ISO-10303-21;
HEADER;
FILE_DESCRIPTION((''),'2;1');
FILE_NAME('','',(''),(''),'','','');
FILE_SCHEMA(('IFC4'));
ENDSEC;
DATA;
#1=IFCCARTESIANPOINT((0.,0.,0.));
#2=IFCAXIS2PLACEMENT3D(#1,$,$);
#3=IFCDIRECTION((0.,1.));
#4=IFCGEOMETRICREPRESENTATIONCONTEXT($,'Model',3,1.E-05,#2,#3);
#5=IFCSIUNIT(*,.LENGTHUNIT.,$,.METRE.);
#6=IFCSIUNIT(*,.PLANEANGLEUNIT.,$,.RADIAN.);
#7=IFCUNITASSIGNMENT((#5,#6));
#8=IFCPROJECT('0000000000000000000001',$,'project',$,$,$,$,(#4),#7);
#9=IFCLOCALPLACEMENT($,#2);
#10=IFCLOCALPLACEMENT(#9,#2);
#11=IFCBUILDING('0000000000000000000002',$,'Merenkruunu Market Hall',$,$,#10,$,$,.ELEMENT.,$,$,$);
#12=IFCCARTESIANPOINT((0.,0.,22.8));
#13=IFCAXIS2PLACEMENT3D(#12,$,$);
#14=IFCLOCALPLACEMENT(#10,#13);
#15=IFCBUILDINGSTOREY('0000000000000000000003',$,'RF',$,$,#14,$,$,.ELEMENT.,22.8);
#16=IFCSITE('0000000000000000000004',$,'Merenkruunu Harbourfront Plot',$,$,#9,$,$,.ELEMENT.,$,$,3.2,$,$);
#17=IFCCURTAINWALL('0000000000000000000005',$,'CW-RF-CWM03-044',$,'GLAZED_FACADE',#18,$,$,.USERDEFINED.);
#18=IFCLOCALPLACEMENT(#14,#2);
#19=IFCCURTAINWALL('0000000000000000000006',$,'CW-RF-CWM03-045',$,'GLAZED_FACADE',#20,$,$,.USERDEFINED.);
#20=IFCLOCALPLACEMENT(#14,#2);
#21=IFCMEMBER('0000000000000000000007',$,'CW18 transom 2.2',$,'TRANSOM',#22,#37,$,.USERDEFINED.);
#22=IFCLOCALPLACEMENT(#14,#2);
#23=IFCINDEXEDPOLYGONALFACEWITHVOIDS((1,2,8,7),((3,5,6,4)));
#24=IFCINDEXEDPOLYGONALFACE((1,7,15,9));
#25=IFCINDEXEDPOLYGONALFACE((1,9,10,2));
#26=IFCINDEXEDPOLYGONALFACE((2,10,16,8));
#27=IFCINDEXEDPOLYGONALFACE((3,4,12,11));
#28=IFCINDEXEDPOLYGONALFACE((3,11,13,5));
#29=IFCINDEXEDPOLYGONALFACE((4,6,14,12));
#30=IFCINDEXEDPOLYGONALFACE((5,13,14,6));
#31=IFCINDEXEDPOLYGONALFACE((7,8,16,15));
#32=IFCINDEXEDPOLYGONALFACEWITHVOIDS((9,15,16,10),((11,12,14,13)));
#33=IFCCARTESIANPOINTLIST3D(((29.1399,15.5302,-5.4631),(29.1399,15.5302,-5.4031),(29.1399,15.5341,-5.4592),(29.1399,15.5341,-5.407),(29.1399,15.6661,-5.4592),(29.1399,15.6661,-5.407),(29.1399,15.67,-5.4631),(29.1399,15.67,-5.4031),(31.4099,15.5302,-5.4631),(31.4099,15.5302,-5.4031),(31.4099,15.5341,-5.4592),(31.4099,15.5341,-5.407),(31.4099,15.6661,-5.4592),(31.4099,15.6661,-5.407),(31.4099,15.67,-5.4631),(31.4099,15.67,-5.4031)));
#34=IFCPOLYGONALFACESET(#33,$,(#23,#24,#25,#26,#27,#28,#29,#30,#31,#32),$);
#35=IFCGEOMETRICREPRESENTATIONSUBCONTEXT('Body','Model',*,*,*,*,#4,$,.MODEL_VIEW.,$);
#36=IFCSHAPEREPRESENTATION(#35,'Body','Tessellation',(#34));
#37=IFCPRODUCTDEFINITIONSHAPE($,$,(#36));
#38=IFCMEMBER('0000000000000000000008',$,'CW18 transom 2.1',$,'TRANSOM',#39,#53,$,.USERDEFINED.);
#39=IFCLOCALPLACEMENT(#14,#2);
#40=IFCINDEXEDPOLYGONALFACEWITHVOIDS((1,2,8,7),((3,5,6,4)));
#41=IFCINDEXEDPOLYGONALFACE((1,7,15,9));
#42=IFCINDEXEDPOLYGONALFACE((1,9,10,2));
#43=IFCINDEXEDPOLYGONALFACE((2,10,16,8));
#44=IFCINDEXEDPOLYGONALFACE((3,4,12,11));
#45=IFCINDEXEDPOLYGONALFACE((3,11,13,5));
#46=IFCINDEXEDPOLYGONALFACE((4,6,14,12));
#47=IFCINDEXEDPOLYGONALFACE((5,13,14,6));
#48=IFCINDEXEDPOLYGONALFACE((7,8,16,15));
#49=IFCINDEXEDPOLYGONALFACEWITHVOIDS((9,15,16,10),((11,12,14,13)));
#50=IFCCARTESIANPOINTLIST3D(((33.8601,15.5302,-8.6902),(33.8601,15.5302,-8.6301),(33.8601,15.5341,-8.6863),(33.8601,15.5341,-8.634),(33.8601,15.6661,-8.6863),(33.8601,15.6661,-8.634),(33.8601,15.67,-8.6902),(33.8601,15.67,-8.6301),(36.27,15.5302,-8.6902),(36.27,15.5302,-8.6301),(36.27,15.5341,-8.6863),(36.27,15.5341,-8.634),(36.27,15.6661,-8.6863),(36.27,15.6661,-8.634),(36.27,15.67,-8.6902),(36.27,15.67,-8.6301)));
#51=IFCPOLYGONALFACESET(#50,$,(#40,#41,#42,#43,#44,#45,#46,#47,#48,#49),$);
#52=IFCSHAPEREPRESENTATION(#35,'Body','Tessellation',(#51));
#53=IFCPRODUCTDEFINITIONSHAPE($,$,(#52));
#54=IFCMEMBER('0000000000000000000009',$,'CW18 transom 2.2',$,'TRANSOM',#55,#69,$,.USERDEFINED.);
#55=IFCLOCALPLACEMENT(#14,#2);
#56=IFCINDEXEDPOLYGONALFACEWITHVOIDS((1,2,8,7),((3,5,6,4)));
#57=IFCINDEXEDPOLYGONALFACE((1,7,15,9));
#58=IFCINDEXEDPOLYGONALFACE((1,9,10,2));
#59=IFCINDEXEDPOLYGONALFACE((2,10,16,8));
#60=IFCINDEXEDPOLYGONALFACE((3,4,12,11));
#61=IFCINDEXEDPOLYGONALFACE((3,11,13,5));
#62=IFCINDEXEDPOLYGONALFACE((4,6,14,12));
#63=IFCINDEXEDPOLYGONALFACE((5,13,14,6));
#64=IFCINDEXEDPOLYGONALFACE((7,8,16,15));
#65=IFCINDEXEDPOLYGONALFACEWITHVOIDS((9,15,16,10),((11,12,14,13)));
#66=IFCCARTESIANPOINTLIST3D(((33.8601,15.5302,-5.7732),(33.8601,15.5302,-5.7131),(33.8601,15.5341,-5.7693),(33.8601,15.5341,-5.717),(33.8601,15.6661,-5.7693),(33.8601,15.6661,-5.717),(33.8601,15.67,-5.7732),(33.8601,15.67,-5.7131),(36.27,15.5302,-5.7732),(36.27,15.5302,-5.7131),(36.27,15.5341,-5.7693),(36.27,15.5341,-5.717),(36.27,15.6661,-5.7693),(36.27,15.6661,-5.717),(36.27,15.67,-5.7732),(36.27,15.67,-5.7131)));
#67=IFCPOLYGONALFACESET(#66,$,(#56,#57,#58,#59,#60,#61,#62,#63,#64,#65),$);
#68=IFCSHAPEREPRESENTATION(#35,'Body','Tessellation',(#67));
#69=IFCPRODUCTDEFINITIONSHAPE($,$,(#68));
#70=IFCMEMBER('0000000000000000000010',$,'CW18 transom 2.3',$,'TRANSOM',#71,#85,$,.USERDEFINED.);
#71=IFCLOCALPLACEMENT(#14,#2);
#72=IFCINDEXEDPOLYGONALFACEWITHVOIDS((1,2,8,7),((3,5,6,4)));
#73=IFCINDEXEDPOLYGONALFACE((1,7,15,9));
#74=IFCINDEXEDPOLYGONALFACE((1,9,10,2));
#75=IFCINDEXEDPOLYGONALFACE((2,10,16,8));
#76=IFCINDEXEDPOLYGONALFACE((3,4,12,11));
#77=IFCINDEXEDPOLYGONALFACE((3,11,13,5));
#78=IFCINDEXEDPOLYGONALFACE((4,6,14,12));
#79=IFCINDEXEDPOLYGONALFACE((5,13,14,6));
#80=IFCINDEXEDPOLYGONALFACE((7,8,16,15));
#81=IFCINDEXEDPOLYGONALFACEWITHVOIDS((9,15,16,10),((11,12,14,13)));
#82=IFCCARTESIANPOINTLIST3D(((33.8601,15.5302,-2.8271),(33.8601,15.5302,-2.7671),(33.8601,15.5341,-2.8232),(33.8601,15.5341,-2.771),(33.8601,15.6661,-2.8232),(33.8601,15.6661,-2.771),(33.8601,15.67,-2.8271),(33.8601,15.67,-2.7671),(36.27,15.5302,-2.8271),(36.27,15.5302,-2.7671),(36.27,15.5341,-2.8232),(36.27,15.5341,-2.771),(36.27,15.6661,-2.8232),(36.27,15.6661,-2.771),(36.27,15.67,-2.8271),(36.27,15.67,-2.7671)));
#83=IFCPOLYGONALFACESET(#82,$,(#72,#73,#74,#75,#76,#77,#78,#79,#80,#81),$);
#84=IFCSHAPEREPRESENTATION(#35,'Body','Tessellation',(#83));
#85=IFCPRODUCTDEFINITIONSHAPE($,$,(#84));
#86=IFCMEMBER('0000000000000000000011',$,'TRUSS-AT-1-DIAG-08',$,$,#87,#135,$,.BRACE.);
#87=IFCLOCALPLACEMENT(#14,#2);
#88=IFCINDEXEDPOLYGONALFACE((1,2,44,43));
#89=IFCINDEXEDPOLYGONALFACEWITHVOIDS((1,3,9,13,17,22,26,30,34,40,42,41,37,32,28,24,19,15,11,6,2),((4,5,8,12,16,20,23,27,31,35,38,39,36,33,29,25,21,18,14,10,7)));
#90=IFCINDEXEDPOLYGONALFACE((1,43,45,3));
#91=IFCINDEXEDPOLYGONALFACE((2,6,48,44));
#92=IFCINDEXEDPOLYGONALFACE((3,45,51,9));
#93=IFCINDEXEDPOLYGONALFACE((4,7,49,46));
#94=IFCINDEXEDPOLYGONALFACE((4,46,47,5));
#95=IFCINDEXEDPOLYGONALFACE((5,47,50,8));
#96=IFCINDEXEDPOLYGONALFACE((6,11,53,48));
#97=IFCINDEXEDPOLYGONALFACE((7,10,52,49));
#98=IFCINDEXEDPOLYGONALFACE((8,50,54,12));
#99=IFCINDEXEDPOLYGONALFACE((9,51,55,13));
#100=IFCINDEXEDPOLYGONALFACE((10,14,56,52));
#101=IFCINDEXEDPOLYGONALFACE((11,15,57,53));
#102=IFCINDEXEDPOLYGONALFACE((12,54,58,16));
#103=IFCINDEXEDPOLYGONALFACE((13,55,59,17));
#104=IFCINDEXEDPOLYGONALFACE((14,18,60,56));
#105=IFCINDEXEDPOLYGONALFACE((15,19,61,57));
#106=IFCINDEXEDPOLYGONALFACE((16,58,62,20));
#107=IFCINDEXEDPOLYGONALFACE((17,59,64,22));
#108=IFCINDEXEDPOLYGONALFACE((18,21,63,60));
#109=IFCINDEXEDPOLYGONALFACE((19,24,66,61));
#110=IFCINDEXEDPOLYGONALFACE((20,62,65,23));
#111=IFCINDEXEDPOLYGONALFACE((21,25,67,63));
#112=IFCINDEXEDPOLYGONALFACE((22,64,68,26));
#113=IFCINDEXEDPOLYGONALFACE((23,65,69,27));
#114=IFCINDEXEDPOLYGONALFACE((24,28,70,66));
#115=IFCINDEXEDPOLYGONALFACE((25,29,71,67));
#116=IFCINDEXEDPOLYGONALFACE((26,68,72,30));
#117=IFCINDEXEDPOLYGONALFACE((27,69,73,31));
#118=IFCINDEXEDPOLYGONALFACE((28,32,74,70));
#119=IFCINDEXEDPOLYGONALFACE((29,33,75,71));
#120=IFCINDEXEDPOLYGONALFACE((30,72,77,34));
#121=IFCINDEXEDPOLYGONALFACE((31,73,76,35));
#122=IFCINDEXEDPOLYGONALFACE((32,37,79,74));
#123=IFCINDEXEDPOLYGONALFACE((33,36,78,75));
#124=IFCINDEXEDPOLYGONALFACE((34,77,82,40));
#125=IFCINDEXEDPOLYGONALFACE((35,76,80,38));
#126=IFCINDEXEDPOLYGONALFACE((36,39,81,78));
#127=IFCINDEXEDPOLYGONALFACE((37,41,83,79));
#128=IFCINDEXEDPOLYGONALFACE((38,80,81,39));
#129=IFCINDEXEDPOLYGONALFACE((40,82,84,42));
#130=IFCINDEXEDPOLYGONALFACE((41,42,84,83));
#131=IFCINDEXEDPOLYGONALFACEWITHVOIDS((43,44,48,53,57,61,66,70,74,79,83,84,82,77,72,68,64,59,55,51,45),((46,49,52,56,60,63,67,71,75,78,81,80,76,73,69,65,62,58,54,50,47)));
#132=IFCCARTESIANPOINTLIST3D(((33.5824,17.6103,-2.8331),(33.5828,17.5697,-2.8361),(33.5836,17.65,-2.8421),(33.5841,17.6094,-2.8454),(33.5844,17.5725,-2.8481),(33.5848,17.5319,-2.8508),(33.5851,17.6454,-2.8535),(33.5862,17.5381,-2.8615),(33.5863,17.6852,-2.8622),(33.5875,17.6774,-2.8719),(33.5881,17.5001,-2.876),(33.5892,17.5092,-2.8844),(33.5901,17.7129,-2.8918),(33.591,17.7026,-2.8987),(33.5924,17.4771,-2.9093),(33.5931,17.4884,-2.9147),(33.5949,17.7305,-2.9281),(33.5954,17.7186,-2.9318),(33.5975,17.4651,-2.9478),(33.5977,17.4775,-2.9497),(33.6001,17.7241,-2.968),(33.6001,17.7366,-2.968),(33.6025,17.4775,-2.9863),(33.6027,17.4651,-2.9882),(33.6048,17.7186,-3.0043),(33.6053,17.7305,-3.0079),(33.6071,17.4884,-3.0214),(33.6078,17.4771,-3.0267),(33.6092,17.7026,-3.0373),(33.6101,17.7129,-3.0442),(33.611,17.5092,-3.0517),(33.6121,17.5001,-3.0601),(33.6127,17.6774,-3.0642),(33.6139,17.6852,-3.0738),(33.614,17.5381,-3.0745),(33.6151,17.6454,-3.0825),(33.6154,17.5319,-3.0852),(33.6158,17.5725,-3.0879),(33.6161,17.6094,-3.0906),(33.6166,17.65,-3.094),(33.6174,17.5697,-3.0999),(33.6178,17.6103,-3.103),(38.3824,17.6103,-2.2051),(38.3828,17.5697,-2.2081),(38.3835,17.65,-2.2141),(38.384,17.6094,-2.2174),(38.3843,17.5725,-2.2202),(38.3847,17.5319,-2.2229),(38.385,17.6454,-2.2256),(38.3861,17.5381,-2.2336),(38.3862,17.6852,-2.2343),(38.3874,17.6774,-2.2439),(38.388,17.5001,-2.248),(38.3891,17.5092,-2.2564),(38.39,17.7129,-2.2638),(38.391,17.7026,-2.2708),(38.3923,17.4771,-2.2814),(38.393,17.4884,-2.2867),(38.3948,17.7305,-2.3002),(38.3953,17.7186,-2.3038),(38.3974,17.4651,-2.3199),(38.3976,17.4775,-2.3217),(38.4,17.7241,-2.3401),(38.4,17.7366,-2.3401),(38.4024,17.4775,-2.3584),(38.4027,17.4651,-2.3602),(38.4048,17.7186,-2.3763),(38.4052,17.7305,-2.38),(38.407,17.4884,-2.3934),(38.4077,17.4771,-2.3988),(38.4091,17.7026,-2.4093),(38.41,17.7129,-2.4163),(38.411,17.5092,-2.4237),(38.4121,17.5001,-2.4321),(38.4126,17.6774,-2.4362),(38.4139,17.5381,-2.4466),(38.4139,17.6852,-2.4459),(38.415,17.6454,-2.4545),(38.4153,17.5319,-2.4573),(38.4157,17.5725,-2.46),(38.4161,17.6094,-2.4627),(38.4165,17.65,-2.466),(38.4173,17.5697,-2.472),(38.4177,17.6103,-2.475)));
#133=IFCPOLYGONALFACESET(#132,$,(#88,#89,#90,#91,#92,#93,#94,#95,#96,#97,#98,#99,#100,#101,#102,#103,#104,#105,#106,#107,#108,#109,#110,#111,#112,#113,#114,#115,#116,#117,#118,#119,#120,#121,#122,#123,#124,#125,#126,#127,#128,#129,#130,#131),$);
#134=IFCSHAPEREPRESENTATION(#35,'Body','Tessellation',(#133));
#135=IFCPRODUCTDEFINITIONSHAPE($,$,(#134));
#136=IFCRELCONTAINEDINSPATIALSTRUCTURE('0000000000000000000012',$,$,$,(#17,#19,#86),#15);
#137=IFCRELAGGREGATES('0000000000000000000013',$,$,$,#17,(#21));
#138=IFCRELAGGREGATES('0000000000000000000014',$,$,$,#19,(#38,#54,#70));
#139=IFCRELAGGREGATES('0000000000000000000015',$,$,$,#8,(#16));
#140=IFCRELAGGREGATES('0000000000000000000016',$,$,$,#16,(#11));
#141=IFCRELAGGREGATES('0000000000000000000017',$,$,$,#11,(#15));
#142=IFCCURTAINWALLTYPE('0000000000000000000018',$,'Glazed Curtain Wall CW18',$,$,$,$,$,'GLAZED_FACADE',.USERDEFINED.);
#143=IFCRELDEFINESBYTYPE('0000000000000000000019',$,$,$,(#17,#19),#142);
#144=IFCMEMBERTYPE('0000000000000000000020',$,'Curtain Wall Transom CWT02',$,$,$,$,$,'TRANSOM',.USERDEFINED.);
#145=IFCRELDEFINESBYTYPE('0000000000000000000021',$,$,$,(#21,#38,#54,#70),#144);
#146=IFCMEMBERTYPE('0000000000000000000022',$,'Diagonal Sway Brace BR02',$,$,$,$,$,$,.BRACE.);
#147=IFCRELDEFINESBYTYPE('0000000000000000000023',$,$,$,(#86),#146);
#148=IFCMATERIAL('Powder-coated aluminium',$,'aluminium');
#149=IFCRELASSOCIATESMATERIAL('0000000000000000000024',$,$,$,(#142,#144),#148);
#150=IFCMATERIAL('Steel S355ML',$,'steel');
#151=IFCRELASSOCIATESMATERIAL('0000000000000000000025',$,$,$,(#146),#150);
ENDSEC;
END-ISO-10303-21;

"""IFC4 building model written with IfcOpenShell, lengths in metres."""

from ifc_helpers import new_model, si_unit, direction, frame, origin, origin_2d, place, context, subcontext, project, spatial, hollow_rectangle, hollow_circle, extrude, material, material_profile, profile_set, type_object, element, aggregate, save


model = new_model("IFC4")

# Units and contexts
model_context = context("Model", 3, precision=1e-05, world=origin(), true_north=direction((0.0, 1.0)))
body_context = subcontext(model_context, "Body", "Model", "MODEL_VIEW")
ifc_project = project(units=[si_unit("LENGTHUNIT", "METRE"), si_unit("PLANEANGLEUNIT", "RADIAN")], contexts=[model_context])

# Site, building, storey
site_placement = place(None, origin())
site = spatial("IfcSite", under=ifc_project, at=site_placement, Name="Merenkruunu Harbourfront Plot", CompositionType="ELEMENT", RefElevation=3.2)
building_placement = place(site_placement, origin())
building = spatial("IfcBuilding", under=site, at=building_placement, Name="Merenkruunu Market Hall", CompositionType="ELEMENT")
storey_placement = place(building_placement, frame((0.0, 0.0, 22.8)))
storey = spatial("IfcBuildingStorey", under=building, at=storey_placement, Name="RF", CompositionType="ELEMENT", Elevation=22.8)

# Shared definitions
ifc_material_1 = material(Name="Steel S355ML", Category="steel")

# Curtain walls
ifc_material_2 = material(Name="Powder-coated aluminium", Category="aluminium")
curtain_wall_type = type_object("IfcCurtainWallType", Name="Glazed Curtain Wall CW18", ElementType="GLAZED_FACADE", PredefinedType="USERDEFINED", material=ifc_material_2)
curtain_wall_1_placement = place(storey_placement, origin())
curtain_wall_1 = element("IfcCurtainWall", 1, at=curtain_wall_1_placement, inside=storey, type_object=curtain_wall_type, Name="CW-RF-CWM03-044", ObjectType="GLAZED_FACADE", PredefinedType="USERDEFINED")
curtain_wall_2_placement = place(storey_placement, origin())
curtain_wall_2 = element("IfcCurtainWall", 2, at=curtain_wall_2_placement, inside=storey, type_object=curtain_wall_type, Name="CW-RF-CWM03-045", ObjectType="GLAZED_FACADE", PredefinedType="USERDEFINED")

# Members
ifc_material_profile_1 = material_profile(ifc_material_2, hollow_rectangle(XDim=0.0601, YDim=0.1399, WallThickness=0.0039, at=origin_2d()), Name="ALU 60x140x4")
ifc_profile_set_1 = profile_set([ifc_material_profile_1], Name="Powder-coated aluminium")
member_type_1 = type_object("IfcMemberType", Name="Curtain Wall Transom CWT02", ElementType="TRANSOM", PredefinedType="USERDEFINED", material=ifc_profile_set_1)
member_1_placement = place(storey_placement, frame((31.4099, 15.6001, -5.4331), z_axis=(-1.0, 0.0, 0.0), x_axis=(0.0, 0.0, 1.0)))
member_1 = element("IfcMember", 3, at=member_1_placement, type_object=member_type_1, Name="CW18 transom 2.2", ObjectType="TRANSOM", PredefinedType="USERDEFINED", context=body_context, shape_type="SweptSolid", body=[
    extrude(hollow_rectangle(XDim=0.0601, YDim=0.1399, WallThickness=0.0039, at=origin_2d()), origin(), (0.0, 0.0, 1.0), 2.27),
])
member_2_placement = place(storey_placement, frame((36.27, 15.6001, -8.6602), z_axis=(-1.0, 0.0, 0.0), x_axis=(0.0, 0.0, 1.0)))
member_2 = element("IfcMember", 4, at=member_2_placement, type_object=member_type_1, Name="CW18 transom 2.1", ObjectType="TRANSOM", PredefinedType="USERDEFINED", context=body_context, shape_type="SweptSolid", body=[
    extrude(hollow_rectangle(XDim=0.0601, YDim=0.1399, WallThickness=0.0039, at=origin_2d()), origin(), (0.0, 0.0, 1.0), 2.4099),
])
member_3_placement = place(storey_placement, frame((36.27, 15.6001, -5.7432), z_axis=(-1.0, 0.0, 0.0), x_axis=(0.0, 0.0, 1.0)))
member_3 = element("IfcMember", 5, at=member_3_placement, type_object=member_type_1, Name="CW18 transom 2.2", ObjectType="TRANSOM", PredefinedType="USERDEFINED", context=body_context, shape_type="SweptSolid", body=[
    extrude(hollow_rectangle(XDim=0.0601, YDim=0.1399, WallThickness=0.0039, at=origin_2d()), origin(), (0.0, 0.0, 1.0), 2.4099),
])
member_4_placement = place(storey_placement, frame((36.27, 15.6001, -2.7971), z_axis=(-1.0, 0.0, 0.0), x_axis=(0.0, 0.0, 1.0)))
member_4 = element("IfcMember", 6, at=member_4_placement, type_object=member_type_1, Name="CW18 transom 2.3", ObjectType="TRANSOM", PredefinedType="USERDEFINED", context=body_context, shape_type="SweptSolid", body=[
    extrude(hollow_rectangle(XDim=0.0601, YDim=0.1399, WallThickness=0.0039, at=origin_2d()), origin(), (0.0, 0.0, 1.0), 2.4099),
])

# Member
ifc_material_profile_2 = material_profile(ifc_material_1, hollow_circle(Radius=0.1365, WallThickness=0.0125, at=origin_2d()), Name="CHS 273x12.5")
ifc_profile_set_2 = profile_set([ifc_material_profile_2], Name="Steel S355ML")
member_type_2 = type_object("IfcMemberType", Name="Diagonal Sway Brace BR02", PredefinedType="BRACE", material=ifc_profile_set_2)
member_5_placement = place(storey_placement, frame((33.6001, 17.6001, -2.968), z_axis=(0.991551, 0.0, 0.129719), x_axis=(0.0, 1.0, 0.0)))
element("IfcMember", 7, at=member_5_placement, inside=storey, type_object=member_type_2, Name="TRUSS-AT-1-DIAG-08", PredefinedType="BRACE", context=body_context, shape_type="SweptSolid", body=[
    extrude(hollow_circle(Radius=0.1365, WallThickness=0.0125, at=origin_2d()), origin(), (0.0, 0.0, 1.0), 4.8408),
])

aggregate(curtain_wall_1, [member_1])
aggregate(curtain_wall_2, [member_2, member_3, member_4])

save(model, "model.ifc")
